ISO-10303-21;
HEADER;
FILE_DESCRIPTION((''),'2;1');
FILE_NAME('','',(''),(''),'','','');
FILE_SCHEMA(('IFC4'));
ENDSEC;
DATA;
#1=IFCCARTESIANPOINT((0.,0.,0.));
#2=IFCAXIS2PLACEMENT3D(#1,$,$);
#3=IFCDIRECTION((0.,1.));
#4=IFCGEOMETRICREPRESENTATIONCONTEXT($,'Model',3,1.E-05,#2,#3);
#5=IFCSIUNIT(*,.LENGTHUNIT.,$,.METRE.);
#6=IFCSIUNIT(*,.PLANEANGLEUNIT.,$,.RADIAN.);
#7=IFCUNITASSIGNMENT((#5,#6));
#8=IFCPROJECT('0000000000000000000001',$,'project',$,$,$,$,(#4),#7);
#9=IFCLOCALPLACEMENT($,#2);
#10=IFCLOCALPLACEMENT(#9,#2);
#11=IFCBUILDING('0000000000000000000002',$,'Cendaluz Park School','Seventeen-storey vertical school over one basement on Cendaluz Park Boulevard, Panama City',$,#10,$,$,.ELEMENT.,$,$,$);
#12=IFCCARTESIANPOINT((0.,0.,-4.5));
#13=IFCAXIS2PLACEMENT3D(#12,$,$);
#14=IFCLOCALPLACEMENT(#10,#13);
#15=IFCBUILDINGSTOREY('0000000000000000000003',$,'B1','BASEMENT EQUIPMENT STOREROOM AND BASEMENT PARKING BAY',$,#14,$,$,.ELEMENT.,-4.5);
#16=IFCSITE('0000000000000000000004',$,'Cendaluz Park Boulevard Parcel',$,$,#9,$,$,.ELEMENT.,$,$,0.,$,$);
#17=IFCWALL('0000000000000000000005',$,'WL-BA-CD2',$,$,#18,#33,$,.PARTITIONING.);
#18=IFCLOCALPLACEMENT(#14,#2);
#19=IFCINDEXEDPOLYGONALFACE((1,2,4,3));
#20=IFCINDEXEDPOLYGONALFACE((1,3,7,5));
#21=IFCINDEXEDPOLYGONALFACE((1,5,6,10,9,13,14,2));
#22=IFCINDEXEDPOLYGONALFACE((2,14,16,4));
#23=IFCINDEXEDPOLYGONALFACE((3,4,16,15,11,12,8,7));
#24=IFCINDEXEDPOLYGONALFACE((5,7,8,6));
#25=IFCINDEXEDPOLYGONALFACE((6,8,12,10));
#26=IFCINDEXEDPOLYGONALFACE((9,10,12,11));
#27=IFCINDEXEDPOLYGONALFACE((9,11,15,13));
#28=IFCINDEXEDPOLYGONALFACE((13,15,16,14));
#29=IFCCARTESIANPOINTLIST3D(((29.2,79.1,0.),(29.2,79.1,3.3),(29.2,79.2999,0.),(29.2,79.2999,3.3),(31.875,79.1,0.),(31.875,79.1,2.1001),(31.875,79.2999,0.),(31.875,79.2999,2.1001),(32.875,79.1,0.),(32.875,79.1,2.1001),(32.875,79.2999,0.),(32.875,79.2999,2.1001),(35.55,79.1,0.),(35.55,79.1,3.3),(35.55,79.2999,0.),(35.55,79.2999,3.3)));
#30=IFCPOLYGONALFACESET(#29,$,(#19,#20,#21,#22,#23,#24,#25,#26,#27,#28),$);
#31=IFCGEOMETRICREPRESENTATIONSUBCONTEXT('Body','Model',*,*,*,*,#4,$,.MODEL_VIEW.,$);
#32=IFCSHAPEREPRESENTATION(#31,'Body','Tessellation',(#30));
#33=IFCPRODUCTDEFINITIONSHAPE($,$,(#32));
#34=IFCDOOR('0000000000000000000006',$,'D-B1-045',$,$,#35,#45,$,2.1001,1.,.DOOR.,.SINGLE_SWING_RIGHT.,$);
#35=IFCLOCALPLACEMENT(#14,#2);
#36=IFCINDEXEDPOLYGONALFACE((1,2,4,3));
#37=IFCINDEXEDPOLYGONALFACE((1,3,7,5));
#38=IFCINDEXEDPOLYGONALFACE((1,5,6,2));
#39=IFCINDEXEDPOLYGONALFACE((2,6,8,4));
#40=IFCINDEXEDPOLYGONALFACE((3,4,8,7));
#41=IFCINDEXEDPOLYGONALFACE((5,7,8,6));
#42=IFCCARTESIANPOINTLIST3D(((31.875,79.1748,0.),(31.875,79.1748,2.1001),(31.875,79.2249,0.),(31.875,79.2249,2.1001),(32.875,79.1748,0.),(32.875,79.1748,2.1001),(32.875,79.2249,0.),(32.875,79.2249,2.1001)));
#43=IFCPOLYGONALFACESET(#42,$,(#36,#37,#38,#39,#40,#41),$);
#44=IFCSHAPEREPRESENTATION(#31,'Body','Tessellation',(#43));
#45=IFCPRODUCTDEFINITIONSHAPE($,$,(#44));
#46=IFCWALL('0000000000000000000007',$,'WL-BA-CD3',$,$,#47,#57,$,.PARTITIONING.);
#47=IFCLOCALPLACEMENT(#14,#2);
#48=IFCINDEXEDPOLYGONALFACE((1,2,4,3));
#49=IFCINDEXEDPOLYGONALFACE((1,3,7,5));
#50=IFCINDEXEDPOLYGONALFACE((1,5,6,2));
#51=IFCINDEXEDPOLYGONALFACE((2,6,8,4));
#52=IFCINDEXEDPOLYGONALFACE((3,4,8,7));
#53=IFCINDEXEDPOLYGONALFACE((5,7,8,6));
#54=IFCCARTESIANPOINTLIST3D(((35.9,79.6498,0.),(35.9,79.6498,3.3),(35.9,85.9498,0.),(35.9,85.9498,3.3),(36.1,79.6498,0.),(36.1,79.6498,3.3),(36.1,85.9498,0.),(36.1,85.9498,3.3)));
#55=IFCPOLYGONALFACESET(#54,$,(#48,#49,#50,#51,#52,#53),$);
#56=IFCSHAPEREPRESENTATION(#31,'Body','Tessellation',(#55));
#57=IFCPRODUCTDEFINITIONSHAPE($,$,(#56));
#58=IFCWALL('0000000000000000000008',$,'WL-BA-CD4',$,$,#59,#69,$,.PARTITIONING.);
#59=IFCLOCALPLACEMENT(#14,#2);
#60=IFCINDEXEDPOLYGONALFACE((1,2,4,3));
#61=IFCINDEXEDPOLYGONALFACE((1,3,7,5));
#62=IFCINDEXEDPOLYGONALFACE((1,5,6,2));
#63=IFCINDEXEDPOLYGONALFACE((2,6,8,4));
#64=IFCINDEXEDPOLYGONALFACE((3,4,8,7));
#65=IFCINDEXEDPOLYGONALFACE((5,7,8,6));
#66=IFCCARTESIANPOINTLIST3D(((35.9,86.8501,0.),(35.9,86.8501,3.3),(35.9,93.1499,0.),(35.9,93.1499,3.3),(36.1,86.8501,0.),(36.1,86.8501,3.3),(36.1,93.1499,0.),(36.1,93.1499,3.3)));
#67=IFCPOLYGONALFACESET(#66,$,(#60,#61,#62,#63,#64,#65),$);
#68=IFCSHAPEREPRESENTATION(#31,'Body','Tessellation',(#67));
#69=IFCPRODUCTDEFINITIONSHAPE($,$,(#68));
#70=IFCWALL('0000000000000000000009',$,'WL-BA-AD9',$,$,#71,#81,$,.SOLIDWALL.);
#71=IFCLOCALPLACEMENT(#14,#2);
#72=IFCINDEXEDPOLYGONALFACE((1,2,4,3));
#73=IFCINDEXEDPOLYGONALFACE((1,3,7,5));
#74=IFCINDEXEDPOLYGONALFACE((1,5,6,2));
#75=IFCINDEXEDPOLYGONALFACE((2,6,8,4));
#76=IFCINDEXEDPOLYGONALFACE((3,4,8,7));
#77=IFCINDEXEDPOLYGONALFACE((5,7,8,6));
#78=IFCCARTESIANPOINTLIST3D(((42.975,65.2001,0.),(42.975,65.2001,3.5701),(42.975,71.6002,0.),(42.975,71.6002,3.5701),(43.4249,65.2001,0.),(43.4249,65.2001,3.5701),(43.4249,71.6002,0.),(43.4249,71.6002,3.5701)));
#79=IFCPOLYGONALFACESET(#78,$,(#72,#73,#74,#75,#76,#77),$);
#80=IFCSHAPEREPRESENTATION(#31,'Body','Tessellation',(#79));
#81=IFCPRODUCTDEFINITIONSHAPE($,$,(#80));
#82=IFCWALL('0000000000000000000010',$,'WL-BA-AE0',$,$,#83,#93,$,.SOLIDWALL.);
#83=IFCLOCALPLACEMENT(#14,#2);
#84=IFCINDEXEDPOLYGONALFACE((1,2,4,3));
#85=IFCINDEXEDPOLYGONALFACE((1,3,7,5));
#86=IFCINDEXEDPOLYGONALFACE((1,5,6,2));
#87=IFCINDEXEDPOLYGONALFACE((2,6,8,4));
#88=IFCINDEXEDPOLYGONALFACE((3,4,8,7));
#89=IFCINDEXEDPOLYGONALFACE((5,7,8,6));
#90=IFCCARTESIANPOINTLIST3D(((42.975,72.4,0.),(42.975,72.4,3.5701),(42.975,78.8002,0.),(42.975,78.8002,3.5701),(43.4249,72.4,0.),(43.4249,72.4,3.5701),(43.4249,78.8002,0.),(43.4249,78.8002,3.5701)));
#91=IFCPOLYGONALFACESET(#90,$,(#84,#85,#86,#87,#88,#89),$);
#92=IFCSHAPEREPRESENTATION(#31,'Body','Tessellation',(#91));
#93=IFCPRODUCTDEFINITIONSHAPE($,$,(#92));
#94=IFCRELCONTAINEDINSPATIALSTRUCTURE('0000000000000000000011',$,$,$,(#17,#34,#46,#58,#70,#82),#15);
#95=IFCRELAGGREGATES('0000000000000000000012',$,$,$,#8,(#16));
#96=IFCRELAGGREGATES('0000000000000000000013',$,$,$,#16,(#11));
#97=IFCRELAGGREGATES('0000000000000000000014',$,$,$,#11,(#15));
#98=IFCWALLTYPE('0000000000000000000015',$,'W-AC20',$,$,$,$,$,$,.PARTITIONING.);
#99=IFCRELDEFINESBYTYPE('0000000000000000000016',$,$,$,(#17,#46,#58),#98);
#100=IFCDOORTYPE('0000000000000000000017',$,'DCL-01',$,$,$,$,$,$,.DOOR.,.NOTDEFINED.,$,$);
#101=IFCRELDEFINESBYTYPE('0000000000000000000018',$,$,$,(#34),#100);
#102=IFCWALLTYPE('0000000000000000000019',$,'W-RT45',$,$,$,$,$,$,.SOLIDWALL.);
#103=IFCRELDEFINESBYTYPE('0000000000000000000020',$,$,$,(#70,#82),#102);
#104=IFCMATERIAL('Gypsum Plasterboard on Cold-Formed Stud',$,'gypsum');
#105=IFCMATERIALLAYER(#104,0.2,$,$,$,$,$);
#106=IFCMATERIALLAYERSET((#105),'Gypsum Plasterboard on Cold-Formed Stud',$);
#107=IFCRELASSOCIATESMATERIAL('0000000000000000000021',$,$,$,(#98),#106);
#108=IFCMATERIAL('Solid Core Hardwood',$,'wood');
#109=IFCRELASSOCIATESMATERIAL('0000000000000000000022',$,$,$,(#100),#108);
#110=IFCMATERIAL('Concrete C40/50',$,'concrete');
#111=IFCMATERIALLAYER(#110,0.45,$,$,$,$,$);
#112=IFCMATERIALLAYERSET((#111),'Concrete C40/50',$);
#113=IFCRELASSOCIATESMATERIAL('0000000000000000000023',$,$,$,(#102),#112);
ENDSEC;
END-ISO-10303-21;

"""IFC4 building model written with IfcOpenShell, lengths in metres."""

from ifc_helpers import new_model, si_unit, direction, frame, frame_2d, origin, place, context, subcontext, project, spatial, rectangle, extrude, material, layer, layer_set, type_object, element, fill, save


model = new_model("IFC4")

# Units and contexts
model_context = context("Model", 3, precision=1e-05, world=origin(), true_north=direction((0.0, 1.0)))
body_context = subcontext(model_context, "Body", "Model", "MODEL_VIEW")
ifc_project = project(units=[si_unit("LENGTHUNIT", "METRE"), si_unit("PLANEANGLEUNIT", "RADIAN")], contexts=[model_context])

# Site, building, storey
site_placement = place(None, origin())
site = spatial("IfcSite", under=ifc_project, at=site_placement, Name="Cendaluz Park Boulevard Parcel", CompositionType="ELEMENT", RefElevation=0.0)
building_placement = place(site_placement, origin())
building = spatial("IfcBuilding", under=site, at=building_placement, Name="Cendaluz Park School", Description="Seventeen-storey vertical school over one basement on Cendaluz Park Boulevard, Panama City", CompositionType="ELEMENT")
storey_placement = place(building_placement, frame((0.0, 0.0, -4.5)))
storey = spatial("IfcBuildingStorey", under=building, at=storey_placement, Name="B1", Description="BASEMENT EQUIPMENT STOREROOM AND BASEMENT PARKING BAY", CompositionType="ELEMENT", Elevation=-4.5)

# Shared definitions
ifc_material_1 = material(Name="Concrete C40/50", Category="concrete")

# Wall, opening, door
ifc_material_2 = material(Name="Gypsum Plasterboard on Cold-Formed Stud", Category="gypsum")
ifc_layer_1 = layer(ifc_material_2, 0.2)
ifc_layer_set_1 = layer_set([ifc_layer_1], Name="Gypsum Plasterboard on Cold-Formed Stud")
wall_type_1 = type_object("IfcWallType", Name="W-AC20", PredefinedType="PARTITIONING", material=ifc_layer_set_1)
wall_1_placement = place(storey_placement, frame((29.2, 79.2, 0.0), z_axis=(0.0, 0.0, 1.0), x_axis=(1.0, 0.0, 0.0)))
wall_1 = element("IfcWall", 1, at=wall_1_placement, inside=storey, type_object=wall_type_1, Name="WL-BA-CD2", PredefinedType="PARTITIONING", context=body_context, shape_type="SweptSolid", body=[
    extrude(rectangle(XDim=6.3501, YDim=0.2, at=frame_2d((3.175, 0.0))), origin(), (0.0, 0.0, 1.0), 3.3),
])
opening_placement = place(wall_1_placement, frame((2.675, 0.0, 0.0)))
opening = element("IfcOpeningElement", 2, at=opening_placement, cuts=wall_1, PredefinedType="OPENING", context=body_context, shape_type="SweptSolid", body=[
    extrude(rectangle(XDim=1.0, YDim=2.1001, at=frame_2d((0.5, 1.05))), frame((0.0, 0.1121, 0.0), z_axis=(0.0, -1.0, 0.0), x_axis=(1.0, 0.0, 0.0)), (0.0, 0.0, 1.0), 0.2239),
])
ifc_material_3 = material(Name="Solid Core Hardwood", Category="wood")
door_type = type_object("IfcDoorType", Name="DCL-01", OperationType="NOTDEFINED", PredefinedType="DOOR", material=ifc_material_3)
door_placement = place(opening_placement, origin())
door = element("IfcDoor", 3, at=door_placement, inside=storey, type_object=door_type, Name="D-B1-045", OperationType="SINGLE_SWING_RIGHT", OverallHeight=2.1001, OverallWidth=1.0, PredefinedType="DOOR", context=body_context, shape_type="SweptSolid", body=[
    extrude(rectangle(XDim=1.0, YDim=2.1001, at=frame_2d((0.5, 1.05))), frame((0.0, 0.0249, 0.0), z_axis=(0.0, -1.0, 0.0), x_axis=(1.0, 0.0, 0.0)), (0.0, 0.0, 1.0), 0.05),
])
fill(opening, door)

# Walls
wall_2_placement = place(storey_placement, frame((36.0, 79.6499, 0.0), z_axis=(0.0, 0.0, 1.0), x_axis=(0.0, 1.0, 0.0)))
element("IfcWall", 4, at=wall_2_placement, inside=storey, type_object=wall_type_1, Name="WL-BA-CD3", PredefinedType="PARTITIONING", context=body_context, shape_type="SweptSolid", body=[
    extrude(rectangle(XDim=6.3, YDim=0.2, at=frame_2d((3.1499, 0.0))), origin(), (0.0, 0.0, 1.0), 3.3),
])
wall_3_placement = place(storey_placement, frame((36.0, 86.8501, 0.0), z_axis=(0.0, 0.0, 1.0), x_axis=(0.0, 1.0, 0.0)))
element("IfcWall", 5, at=wall_3_placement, inside=storey, type_object=wall_type_1, Name="WL-BA-CD4", PredefinedType="PARTITIONING", context=body_context, shape_type="SweptSolid", body=[
    extrude(rectangle(XDim=6.2998, YDim=0.2, at=frame_2d((3.1499, 0.0))), origin(), (0.0, 0.0, 1.0), 3.3),
])
ifc_layer_2 = layer(ifc_material_1, 0.45)
ifc_layer_set_2 = layer_set([ifc_layer_2], Name="Concrete C40/50")
wall_type_2 = type_object("IfcWallType", Name="W-RT45", PredefinedType="SOLIDWALL", material=ifc_layer_set_2)
for number, where, z_axis, x_axis, name in (
    (6, (43.2, 65.2, 0.0), (0.0, 0.0, 1.0), (0.0, 1.0, 0.0), "WL-BA-AD9"),
    (7, (43.2, 72.3999, 0.0), (0.0, 0.0, 1.0), (0.0, 1.0, 0.0), "WL-BA-AE0"),
):
    element("IfcWall", number, at=place(storey_placement, frame(where, z_axis=z_axis, x_axis=x_axis)), inside=storey, type_object=wall_type_2, Name=name, PredefinedType="SOLIDWALL", context=body_context, shape_type="SweptSolid", body=[
        extrude(rectangle(XDim=6.4001, YDim=0.45, at=frame_2d((3.2002, 0.0))), origin(), (0.0, 0.0, 1.0), 3.5701),
    ])

save(model, "model.ifc")
